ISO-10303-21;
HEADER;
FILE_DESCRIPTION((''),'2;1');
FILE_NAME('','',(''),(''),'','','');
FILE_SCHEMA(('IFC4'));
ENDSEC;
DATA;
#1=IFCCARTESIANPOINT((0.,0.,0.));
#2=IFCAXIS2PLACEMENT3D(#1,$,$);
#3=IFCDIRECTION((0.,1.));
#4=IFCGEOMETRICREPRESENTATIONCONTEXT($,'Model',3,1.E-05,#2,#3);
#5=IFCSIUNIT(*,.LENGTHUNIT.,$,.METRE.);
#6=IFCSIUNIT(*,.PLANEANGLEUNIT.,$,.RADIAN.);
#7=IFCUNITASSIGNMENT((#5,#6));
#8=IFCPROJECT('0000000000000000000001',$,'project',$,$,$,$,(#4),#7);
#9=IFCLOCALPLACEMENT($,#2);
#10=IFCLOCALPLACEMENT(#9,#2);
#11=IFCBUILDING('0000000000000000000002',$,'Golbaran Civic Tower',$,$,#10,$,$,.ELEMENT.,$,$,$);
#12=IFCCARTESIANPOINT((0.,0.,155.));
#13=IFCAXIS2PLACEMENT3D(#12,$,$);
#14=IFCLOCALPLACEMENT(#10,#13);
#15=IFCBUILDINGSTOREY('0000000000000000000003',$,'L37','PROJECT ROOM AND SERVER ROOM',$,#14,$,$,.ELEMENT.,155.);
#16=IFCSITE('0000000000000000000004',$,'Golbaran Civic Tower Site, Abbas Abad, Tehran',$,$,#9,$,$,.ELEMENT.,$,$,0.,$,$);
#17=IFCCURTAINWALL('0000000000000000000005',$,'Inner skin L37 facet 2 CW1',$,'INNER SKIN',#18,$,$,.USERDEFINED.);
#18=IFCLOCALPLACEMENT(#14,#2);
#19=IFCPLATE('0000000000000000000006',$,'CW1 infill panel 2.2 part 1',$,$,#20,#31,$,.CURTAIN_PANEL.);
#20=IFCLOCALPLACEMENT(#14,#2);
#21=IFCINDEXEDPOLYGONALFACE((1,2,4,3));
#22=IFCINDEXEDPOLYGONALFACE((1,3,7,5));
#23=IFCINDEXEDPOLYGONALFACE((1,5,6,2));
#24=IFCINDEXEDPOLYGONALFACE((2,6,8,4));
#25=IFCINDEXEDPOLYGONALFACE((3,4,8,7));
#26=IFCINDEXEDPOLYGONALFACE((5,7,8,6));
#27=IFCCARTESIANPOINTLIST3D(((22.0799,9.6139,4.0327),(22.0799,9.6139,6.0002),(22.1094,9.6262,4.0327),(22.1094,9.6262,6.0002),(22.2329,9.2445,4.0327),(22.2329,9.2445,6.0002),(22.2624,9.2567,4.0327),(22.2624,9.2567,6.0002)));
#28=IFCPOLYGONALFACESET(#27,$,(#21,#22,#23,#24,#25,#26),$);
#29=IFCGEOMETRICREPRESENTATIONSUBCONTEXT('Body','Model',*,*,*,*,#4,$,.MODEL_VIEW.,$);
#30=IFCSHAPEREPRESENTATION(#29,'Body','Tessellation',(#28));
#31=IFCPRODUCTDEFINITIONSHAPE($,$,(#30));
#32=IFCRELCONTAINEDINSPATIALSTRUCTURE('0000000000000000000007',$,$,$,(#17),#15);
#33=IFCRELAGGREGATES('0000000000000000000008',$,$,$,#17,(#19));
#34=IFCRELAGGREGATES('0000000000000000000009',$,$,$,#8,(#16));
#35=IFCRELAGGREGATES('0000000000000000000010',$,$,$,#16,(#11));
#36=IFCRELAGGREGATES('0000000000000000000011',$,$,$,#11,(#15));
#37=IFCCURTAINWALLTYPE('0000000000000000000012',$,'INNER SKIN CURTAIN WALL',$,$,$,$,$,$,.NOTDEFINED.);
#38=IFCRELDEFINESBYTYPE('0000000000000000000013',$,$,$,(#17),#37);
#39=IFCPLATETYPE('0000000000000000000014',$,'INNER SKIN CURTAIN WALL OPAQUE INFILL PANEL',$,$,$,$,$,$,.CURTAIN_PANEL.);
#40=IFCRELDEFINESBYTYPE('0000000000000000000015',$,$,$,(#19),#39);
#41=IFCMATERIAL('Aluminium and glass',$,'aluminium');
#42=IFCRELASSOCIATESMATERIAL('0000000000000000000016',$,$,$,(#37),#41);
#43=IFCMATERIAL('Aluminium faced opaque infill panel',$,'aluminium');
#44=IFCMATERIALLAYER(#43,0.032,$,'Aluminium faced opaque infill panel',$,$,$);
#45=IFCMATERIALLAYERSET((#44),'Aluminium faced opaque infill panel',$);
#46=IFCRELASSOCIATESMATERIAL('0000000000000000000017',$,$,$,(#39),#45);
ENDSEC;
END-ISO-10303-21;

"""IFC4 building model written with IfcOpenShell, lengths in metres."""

from ifc_helpers import new_model, si_unit, direction, frame, origin, origin_2d, place, context, subcontext, project, spatial, rectangle, extrude, material, layer, layer_set, type_object, element, aggregate, save


model = new_model("IFC4")

# Units and contexts
model_context = context("Model", 3, precision=1e-05, world=origin(), true_north=direction((0.0, 1.0)))
body_context = subcontext(model_context, "Body", "Model", "MODEL_VIEW")
ifc_project = project(units=[si_unit("LENGTHUNIT", "METRE"), si_unit("PLANEANGLEUNIT", "RADIAN")], contexts=[model_context])

# Site, building, storey
site_placement = place(None, origin())
site = spatial("IfcSite", under=ifc_project, at=site_placement, Name="Golbaran Civic Tower Site, Abbas Abad, Tehran", CompositionType="ELEMENT", RefElevation=0.0)
building_placement = place(site_placement, origin())
building = spatial("IfcBuilding", under=site, at=building_placement, Name="Golbaran Civic Tower", CompositionType="ELEMENT")
storey_placement = place(building_placement, frame((0.0, 0.0, 155.0)))
storey = spatial("IfcBuildingStorey", under=building, at=storey_placement, Name="L37", Description="PROJECT ROOM AND SERVER ROOM", CompositionType="ELEMENT", Elevation=155.0)

# Curtain wall
ifc_material_1 = material(Name="Aluminium and glass", Category="aluminium")
curtain_wall_type = type_object("IfcCurtainWallType", Name="INNER SKIN CURTAIN WALL", PredefinedType="NOTDEFINED", material=ifc_material_1)
curtain_wall_1_placement = place(storey_placement, origin())
curtain_wall_1 = element("IfcCurtainWall", 1, at=curtain_wall_1_placement, inside=storey, type_object=curtain_wall_type, Name="Inner skin L37 facet 2 CW1", ObjectType="INNER SKIN", PredefinedType="USERDEFINED")

# Plate
ifc_material_2 = material(Name="Aluminium faced opaque infill panel", Category="aluminium")
ifc_layer_1 = layer(ifc_material_2, 0.032, Name="Aluminium faced opaque infill panel")
ifc_layer_set_1 = layer_set([ifc_layer_1], Name="Aluminium faced opaque infill panel")
plate_type_1 = type_object("IfcPlateType", Name="INNER SKIN CURTAIN WALL OPAQUE INFILL PANEL", PredefinedType="CURTAIN_PANEL", material=ifc_layer_set_1)
plate_1_placement = place(storey_placement, frame((22.1711, 9.4353, 4.0327), z_axis=(0.0, 0.0, 1.0), x_axis=(-0.382683, 0.92388, 0.0)))
plate_1 = element("IfcPlate", 2, at=plate_1_placement, type_object=plate_type_1, Name="CW1 infill panel 2.2 part 1", PredefinedType="CURTAIN_PANEL", context=body_context, shape_type="SweptSolid", body=[
    extrude(rectangle(XDim=0.3999, YDim=0.032, at=origin_2d()), origin(), (0.0, 0.0, 1.0), 1.9675),
])
aggregate(curtain_wall_1, [plate_1])

save(model, "model.ifc")
